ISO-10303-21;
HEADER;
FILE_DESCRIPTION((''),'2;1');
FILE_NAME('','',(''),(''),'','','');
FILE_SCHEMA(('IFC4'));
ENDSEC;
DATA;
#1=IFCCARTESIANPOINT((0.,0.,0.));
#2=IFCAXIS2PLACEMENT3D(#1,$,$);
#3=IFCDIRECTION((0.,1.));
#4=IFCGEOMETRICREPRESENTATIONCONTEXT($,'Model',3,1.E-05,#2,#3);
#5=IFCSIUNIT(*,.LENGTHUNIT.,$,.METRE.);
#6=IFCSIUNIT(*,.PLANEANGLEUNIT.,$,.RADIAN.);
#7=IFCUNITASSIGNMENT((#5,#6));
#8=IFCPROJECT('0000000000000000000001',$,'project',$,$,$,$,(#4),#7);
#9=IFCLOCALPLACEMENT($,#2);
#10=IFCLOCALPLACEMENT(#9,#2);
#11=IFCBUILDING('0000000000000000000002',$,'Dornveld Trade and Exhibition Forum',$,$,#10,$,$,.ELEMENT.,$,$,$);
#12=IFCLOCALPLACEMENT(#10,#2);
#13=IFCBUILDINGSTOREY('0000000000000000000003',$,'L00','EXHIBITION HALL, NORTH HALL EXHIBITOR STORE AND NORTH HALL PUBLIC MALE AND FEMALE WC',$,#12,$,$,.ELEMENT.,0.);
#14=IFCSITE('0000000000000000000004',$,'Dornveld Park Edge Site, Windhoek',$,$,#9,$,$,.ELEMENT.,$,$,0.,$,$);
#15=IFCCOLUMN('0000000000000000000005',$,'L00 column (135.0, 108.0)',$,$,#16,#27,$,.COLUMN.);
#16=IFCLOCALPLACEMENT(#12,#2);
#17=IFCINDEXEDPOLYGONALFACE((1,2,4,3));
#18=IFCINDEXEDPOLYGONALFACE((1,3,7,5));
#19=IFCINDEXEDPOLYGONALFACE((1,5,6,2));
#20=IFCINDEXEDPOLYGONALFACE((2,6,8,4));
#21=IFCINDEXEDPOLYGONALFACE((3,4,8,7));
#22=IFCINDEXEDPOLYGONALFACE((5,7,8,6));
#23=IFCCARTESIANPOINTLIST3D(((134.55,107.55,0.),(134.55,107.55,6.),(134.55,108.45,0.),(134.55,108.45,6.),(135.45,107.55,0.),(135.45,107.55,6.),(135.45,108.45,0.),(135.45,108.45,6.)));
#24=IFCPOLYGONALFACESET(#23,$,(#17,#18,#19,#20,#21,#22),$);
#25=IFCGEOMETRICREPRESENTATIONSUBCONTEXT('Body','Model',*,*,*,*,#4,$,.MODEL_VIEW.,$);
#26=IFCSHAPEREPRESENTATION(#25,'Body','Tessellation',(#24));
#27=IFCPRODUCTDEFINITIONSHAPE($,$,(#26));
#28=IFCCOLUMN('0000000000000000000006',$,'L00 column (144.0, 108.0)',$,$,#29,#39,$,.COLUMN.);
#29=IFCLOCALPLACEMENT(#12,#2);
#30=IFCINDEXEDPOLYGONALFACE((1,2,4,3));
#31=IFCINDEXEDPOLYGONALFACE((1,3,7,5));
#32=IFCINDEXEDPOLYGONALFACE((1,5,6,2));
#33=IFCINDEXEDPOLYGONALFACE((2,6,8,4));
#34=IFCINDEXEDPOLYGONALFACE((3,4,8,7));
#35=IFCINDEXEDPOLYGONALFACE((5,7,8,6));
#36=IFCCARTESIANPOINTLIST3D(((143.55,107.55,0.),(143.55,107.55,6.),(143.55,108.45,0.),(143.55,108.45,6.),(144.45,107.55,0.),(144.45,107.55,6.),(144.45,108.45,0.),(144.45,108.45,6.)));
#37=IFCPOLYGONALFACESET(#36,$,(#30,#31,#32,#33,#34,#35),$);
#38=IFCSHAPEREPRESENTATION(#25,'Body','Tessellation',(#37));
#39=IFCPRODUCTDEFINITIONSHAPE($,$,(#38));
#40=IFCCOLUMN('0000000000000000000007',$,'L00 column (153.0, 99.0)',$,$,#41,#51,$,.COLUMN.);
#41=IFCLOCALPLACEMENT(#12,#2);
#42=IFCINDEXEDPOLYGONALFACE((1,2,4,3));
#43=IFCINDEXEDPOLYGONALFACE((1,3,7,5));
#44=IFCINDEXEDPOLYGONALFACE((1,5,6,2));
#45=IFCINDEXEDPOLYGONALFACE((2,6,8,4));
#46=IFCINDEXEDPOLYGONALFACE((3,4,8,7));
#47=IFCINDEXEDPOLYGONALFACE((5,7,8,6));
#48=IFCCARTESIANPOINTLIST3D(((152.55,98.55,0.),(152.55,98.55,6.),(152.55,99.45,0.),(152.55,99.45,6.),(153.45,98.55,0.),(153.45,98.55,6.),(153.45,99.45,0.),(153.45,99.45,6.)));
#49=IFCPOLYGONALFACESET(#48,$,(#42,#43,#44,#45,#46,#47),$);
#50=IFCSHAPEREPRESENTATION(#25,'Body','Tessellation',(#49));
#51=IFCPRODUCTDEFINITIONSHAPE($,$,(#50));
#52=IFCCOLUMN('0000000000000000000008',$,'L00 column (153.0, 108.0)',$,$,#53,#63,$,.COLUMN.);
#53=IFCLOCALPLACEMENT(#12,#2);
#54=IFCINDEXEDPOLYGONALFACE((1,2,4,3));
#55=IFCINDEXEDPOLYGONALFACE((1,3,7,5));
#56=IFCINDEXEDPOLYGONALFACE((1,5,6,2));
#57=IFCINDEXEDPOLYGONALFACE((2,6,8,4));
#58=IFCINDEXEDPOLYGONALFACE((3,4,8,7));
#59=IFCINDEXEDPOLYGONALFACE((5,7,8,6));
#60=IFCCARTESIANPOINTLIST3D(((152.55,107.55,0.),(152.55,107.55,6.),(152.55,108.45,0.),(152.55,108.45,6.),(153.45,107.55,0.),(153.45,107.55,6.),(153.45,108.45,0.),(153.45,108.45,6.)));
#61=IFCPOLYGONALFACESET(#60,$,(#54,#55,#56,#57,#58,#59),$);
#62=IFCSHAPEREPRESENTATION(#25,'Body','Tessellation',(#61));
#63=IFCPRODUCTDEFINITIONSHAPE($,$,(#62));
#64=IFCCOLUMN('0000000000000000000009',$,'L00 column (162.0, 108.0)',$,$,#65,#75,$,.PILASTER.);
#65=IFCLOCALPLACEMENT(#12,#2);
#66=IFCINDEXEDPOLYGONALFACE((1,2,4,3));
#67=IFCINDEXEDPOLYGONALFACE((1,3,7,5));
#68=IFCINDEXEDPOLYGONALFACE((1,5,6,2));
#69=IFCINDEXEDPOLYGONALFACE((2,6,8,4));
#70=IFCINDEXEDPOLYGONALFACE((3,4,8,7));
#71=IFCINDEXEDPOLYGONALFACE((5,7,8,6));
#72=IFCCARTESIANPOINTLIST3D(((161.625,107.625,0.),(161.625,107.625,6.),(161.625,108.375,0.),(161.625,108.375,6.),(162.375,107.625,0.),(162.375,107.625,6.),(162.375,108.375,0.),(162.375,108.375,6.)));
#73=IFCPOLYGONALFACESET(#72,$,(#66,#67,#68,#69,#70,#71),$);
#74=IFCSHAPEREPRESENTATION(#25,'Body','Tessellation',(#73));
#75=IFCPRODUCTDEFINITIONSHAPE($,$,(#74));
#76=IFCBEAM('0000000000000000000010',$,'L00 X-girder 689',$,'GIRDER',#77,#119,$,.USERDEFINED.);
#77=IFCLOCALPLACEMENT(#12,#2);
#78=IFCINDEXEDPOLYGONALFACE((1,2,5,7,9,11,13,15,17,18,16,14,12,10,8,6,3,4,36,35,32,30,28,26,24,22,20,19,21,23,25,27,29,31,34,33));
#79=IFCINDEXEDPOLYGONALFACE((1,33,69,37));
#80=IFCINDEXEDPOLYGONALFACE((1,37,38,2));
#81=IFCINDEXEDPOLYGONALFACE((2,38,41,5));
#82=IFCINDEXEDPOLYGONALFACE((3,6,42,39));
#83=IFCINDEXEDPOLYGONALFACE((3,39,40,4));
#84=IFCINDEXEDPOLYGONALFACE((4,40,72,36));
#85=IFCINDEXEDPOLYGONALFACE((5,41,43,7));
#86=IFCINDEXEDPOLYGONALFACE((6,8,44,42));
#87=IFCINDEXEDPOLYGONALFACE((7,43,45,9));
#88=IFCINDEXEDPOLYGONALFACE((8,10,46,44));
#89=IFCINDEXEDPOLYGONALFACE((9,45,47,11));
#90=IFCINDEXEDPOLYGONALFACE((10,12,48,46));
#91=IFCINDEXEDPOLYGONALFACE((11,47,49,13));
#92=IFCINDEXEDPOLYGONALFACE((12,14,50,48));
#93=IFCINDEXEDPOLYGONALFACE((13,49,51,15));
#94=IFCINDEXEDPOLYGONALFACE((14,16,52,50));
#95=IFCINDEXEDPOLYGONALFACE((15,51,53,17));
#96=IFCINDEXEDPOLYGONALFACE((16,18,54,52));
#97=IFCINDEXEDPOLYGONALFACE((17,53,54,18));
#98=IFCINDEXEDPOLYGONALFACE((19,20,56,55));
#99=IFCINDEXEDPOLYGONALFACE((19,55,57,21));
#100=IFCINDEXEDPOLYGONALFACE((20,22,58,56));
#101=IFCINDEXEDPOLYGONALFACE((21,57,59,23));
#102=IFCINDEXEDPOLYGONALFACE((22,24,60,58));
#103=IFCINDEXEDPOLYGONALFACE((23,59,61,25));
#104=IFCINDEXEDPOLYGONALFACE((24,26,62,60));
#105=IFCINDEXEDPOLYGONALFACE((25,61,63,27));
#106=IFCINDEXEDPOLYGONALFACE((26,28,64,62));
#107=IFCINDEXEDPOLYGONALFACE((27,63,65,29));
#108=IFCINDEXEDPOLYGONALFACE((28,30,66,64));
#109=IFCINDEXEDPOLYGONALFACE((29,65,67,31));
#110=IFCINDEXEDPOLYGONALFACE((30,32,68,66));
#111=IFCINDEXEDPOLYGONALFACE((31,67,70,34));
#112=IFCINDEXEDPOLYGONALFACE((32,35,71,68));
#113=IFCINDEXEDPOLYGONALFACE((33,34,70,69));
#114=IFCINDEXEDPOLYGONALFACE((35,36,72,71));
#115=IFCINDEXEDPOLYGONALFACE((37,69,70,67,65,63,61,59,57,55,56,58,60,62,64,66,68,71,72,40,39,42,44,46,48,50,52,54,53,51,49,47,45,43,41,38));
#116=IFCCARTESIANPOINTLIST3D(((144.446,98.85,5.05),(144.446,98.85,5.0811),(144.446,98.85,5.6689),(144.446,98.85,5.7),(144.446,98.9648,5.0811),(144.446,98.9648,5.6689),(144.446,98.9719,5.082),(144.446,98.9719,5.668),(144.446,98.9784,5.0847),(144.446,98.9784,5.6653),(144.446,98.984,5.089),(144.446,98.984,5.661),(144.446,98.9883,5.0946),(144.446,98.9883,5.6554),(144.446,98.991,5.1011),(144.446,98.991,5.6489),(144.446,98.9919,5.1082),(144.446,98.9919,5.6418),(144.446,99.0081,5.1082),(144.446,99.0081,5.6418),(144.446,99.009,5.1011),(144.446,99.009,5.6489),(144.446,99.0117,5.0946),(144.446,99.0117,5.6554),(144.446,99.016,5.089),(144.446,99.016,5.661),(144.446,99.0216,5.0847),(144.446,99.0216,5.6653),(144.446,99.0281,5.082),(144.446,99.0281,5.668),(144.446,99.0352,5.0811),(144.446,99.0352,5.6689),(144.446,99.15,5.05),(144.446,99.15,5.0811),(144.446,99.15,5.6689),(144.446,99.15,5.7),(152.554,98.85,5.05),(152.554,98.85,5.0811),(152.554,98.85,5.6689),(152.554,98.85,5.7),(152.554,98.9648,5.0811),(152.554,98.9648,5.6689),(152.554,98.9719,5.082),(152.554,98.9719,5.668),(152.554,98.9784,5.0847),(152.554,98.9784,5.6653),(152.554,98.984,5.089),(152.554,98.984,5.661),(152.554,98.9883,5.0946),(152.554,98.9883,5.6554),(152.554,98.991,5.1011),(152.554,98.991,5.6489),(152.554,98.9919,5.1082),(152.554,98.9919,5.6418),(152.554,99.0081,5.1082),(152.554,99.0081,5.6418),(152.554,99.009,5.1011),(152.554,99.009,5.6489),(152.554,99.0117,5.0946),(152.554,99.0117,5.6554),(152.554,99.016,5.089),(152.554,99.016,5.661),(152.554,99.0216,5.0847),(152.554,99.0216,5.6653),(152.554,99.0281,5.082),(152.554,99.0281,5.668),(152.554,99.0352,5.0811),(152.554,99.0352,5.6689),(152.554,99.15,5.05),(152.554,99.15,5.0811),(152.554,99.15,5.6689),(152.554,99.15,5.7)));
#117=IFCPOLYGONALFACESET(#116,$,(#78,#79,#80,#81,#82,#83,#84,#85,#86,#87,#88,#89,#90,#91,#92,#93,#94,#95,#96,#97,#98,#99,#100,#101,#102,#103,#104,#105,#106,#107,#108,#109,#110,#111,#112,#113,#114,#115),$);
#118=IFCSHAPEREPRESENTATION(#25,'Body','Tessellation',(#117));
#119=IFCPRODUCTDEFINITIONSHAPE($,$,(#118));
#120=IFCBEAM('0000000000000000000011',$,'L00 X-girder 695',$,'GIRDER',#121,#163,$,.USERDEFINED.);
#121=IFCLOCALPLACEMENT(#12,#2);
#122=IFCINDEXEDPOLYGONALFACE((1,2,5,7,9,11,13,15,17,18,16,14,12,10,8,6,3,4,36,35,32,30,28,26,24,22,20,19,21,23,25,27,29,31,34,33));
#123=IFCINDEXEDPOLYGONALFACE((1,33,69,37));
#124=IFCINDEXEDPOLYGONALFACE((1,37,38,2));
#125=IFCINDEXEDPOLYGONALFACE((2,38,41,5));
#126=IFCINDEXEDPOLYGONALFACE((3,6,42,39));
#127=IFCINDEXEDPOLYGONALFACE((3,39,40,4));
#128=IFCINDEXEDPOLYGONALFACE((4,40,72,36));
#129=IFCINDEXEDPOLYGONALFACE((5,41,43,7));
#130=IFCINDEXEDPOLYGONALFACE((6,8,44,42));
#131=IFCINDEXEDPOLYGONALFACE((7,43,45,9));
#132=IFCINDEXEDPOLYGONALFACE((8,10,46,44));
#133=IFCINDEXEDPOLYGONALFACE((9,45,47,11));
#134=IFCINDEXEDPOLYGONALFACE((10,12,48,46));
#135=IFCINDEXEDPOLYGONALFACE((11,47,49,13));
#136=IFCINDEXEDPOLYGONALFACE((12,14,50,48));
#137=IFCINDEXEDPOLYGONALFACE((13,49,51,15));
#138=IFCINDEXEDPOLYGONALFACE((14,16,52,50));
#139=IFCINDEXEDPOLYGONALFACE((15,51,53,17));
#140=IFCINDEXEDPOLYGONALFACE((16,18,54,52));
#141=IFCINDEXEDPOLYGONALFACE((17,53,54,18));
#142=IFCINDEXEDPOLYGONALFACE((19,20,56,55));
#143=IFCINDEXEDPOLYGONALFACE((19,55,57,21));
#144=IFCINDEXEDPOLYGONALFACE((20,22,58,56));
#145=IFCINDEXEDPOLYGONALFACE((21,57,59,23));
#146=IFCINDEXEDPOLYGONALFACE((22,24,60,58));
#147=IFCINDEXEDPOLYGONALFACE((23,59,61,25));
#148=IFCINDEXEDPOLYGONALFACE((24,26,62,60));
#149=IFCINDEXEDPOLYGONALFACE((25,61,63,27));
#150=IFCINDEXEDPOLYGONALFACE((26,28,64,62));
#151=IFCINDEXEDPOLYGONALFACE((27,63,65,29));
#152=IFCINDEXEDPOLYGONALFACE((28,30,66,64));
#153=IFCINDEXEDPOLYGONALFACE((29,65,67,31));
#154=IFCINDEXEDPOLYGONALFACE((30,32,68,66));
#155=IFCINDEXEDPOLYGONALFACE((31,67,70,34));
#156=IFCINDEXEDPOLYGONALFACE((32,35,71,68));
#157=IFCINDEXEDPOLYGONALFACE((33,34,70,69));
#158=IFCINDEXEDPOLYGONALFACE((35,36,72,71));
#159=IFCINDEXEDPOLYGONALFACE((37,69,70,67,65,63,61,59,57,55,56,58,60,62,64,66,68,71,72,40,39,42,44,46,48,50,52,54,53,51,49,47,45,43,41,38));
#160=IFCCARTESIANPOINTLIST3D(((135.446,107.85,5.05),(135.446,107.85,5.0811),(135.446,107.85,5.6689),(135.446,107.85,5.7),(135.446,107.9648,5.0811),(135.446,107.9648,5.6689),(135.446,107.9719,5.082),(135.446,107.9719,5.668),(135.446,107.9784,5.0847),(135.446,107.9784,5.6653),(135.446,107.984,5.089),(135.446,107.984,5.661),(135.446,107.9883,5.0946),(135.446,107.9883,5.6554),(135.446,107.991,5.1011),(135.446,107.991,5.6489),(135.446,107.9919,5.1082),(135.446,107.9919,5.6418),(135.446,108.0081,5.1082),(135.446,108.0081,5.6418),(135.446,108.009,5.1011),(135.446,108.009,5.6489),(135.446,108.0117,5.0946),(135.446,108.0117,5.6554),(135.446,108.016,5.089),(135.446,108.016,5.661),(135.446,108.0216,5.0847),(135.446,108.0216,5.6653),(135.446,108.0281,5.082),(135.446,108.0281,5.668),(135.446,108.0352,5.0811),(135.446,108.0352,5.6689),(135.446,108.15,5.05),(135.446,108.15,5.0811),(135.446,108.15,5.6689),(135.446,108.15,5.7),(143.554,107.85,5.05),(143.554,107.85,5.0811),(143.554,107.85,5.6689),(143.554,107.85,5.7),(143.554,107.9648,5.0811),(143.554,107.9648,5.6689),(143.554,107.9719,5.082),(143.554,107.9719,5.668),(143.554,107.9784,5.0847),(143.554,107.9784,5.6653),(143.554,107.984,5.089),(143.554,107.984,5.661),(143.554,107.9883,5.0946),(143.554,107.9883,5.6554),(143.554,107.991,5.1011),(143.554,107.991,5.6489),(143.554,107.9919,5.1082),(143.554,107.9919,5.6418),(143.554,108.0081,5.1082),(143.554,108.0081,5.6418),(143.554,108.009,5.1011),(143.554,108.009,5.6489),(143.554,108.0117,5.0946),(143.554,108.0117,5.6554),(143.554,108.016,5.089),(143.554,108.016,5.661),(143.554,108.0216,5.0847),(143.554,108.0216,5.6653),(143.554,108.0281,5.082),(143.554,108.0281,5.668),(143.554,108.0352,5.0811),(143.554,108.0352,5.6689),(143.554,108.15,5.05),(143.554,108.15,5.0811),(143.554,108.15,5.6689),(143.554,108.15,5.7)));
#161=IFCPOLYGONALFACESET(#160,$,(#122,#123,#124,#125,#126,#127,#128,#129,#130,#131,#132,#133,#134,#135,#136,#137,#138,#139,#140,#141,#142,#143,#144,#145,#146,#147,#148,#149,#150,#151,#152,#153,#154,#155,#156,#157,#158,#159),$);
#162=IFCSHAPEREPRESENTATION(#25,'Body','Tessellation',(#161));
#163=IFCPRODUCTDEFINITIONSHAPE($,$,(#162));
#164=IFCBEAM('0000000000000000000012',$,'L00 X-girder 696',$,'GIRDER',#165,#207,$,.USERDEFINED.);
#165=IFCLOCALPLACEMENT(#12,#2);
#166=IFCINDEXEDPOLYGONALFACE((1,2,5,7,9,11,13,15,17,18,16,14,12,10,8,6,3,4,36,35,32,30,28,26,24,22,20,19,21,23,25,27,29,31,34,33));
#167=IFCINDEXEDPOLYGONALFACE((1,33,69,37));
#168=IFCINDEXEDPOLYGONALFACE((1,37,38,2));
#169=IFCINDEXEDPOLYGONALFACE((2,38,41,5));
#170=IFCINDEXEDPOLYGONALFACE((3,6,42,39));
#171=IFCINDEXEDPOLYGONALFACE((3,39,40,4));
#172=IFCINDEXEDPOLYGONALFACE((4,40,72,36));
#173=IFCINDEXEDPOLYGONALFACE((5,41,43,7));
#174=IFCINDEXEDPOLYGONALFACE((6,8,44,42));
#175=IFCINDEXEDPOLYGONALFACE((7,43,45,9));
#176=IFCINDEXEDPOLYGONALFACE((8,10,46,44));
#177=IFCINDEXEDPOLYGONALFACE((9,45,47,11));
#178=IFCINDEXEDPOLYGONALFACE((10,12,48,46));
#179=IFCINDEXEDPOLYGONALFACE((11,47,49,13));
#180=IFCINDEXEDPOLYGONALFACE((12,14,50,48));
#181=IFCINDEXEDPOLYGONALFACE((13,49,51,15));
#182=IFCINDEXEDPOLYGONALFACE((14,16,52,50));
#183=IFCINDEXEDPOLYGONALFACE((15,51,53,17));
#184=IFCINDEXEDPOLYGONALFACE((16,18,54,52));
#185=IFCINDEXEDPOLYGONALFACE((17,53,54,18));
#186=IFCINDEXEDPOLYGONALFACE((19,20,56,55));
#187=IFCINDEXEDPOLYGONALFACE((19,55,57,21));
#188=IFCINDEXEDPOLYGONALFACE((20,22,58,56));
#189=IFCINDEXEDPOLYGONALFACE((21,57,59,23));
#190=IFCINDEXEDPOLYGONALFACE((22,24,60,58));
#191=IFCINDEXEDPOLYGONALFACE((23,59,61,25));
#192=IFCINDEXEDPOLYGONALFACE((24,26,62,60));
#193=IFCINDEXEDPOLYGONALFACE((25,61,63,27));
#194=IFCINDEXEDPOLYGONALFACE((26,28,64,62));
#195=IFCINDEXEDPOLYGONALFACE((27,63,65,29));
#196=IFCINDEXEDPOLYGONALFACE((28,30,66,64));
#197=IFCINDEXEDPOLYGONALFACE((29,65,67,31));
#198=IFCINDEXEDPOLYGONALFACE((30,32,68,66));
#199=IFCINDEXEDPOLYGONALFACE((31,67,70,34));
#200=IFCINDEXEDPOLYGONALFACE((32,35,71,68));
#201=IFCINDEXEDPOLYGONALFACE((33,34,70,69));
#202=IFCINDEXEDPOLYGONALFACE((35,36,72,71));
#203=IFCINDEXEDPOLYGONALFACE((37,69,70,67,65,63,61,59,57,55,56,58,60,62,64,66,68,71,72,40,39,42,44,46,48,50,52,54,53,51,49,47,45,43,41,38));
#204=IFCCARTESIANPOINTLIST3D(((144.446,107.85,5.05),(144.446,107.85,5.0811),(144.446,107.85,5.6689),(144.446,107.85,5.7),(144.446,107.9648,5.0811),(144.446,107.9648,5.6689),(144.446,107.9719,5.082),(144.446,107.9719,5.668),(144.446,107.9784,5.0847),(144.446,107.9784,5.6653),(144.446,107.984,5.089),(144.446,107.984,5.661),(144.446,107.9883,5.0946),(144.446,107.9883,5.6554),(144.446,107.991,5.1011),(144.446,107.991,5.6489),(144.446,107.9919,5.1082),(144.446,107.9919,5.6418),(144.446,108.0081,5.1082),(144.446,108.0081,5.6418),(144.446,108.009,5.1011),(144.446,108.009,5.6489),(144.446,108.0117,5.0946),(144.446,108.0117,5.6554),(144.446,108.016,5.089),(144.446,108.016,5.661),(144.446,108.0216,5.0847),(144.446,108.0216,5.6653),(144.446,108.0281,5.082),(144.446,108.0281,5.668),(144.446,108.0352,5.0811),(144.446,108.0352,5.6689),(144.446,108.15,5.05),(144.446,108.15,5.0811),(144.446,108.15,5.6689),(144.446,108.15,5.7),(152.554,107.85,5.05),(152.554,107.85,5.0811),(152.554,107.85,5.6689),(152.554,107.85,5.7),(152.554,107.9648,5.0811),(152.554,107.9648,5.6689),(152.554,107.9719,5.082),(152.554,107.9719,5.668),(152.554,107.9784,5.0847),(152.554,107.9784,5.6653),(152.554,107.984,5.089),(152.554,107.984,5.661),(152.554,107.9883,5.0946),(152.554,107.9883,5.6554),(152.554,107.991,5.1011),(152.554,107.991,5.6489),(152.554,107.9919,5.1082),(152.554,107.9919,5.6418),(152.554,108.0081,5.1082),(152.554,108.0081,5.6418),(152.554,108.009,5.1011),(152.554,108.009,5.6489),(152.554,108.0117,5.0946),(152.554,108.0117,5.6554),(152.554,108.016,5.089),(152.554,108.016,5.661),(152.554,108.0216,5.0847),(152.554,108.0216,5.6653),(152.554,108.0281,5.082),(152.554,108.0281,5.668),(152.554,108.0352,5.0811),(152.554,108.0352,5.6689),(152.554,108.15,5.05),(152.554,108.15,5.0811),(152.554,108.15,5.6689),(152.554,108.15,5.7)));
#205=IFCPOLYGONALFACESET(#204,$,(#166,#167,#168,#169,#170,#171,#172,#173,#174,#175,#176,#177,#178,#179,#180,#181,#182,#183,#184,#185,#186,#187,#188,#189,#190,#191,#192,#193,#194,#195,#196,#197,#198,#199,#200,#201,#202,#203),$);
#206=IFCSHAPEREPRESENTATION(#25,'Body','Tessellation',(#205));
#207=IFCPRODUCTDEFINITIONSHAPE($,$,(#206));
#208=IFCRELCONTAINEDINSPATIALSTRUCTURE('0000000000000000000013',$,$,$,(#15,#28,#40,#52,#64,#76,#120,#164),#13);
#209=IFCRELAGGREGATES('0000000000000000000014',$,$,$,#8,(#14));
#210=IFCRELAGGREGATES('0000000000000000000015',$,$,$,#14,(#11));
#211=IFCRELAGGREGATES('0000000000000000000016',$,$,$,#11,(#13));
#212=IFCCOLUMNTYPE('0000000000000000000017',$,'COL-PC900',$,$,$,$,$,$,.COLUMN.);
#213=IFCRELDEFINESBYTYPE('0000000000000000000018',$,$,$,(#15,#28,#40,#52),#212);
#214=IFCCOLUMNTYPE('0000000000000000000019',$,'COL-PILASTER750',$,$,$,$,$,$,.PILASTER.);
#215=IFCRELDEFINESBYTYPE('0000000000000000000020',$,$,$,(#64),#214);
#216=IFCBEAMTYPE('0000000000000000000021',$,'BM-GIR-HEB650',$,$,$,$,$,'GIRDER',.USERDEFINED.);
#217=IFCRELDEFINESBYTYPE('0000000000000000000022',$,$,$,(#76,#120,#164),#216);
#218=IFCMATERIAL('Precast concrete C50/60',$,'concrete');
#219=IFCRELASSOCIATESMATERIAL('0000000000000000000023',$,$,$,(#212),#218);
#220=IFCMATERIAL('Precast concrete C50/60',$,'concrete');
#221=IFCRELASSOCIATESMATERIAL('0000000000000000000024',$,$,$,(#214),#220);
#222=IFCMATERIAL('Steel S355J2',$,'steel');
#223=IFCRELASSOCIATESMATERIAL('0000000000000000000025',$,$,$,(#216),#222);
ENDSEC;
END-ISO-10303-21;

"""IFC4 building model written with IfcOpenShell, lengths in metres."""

from ifc_helpers import new_model, si_unit, direction, frame, origin, origin_2d, place, context, subcontext, project, spatial, rectangle, i_section, extrude, material, material_profile, profile_set, type_object, element, save


model = new_model("IFC4")

# Units and contexts
model_context = context("Model", 3, precision=1e-05, world=origin(), true_north=direction((0.0, 1.0)))
body_context = subcontext(model_context, "Body", "Model", "MODEL_VIEW")
ifc_project = project(units=[si_unit("LENGTHUNIT", "METRE"), si_unit("PLANEANGLEUNIT", "RADIAN")], contexts=[model_context])

# Site, building, storey
site_placement = place(None, origin())
site = spatial("IfcSite", under=ifc_project, at=site_placement, Name="Dornveld Park Edge Site, Windhoek", CompositionType="ELEMENT", RefElevation=0.0)
building_placement = place(site_placement, origin())
building = spatial("IfcBuilding", under=site, at=building_placement, Name="Dornveld Trade and Exhibition Forum", CompositionType="ELEMENT")
storey_placement = place(building_placement, origin())
storey = spatial("IfcBuildingStorey", under=building, at=storey_placement, Name="L00", Description="EXHIBITION HALL, NORTH HALL EXHIBITOR STORE AND NORTH HALL PUBLIC MALE AND FEMALE WC", CompositionType="ELEMENT", Elevation=0.0)

# Columns
ifc_material_1 = material(Name="Precast concrete C50/60", Category="concrete")
ifc_material_profile_1 = material_profile(ifc_material_1, rectangle(XDim=0.8999, YDim=0.8999, at=origin_2d()), Name="PC-COL 900x900")
ifc_profile_set_1 = profile_set([ifc_material_profile_1], Name="Precast concrete C50/60")
column_type_1 = type_object("IfcColumnType", Name="COL-PC900", PredefinedType="COLUMN", material=ifc_profile_set_1)
for number, where, z_axis, x_axis, name in (
    (1, (135.0, 108.0, 0.0), (0.0, 0.0, 1.0), (1.0, 0.0, 0.0), "L00 column (135.0, 108.0)"),
    (2, (144.0, 108.0, 0.0), (0.0, 0.0, 1.0), (1.0, 0.0, 0.0), "L00 column (144.0, 108.0)"),
    (3, (153.0, 99.0, 0.0), (0.0, 0.0, 1.0), (1.0, 0.0, 0.0), "L00 column (153.0, 99.0)"),
    (4, (153.0, 108.0, 0.0), (0.0, 0.0, 1.0), (1.0, 0.0, 0.0), "L00 column (153.0, 108.0)"),
):
    element("IfcColumn", number, at=place(storey_placement, frame(where, z_axis=z_axis, x_axis=x_axis)), inside=storey, type_object=column_type_1, Name=name, PredefinedType="COLUMN", context=body_context, shape_type="SweptSolid", body=[
        extrude(rectangle(XDim=0.8999, YDim=0.8999, at=origin_2d()), origin(), (0.0, 0.0, 1.0), 6.0),
    ])
ifc_material_2 = material(Name="Precast concrete C50/60", Category="concrete")
ifc_material_profile_2 = material_profile(ifc_material_2, rectangle(XDim=0.75, YDim=0.75, at=origin_2d()), Name="PC-COL 750x750")
ifc_profile_set_2 = profile_set([ifc_material_profile_2], Name="Precast concrete C50/60")
column_type_2 = type_object("IfcColumnType", Name="COL-PILASTER750", PredefinedType="PILASTER", material=ifc_profile_set_2)
column_placement = place(storey_placement, frame((162.0, 108.0, 0.0), z_axis=(0.0, 0.0, 1.0), x_axis=(1.0, 0.0, 0.0)))
element("IfcColumn", 5, at=column_placement, inside=storey, type_object=column_type_2, Name="L00 column (162.0, 108.0)", PredefinedType="PILASTER", context=body_context, shape_type="SweptSolid", body=[
    extrude(rectangle(XDim=0.75, YDim=0.75, at=origin_2d()), origin(), (0.0, 0.0, 1.0), 6.0),
])

# Beams
ifc_material_3 = material(Name="Steel S355J2", Category="steel")
ifc_material_profile_3 = material_profile(ifc_material_3, i_section(OverallWidth=0.3, OverallDepth=0.6499, WebThickness=0.0161, FlangeThickness=0.031, FilletRadius=0.0271, at=origin_2d()), Name="HEB 650")
ifc_profile_set_3 = profile_set([ifc_material_profile_3], Name="Steel S355J2")
beam_type_1 = type_object("IfcBeamType", Name="BM-GIR-HEB650", ElementType="GIRDER", PredefinedType="USERDEFINED", material=ifc_profile_set_3)
for number, where, z_axis, x_axis, name in (
    (6, (144.446, 99.0, 5.375), (1.0, 0.0, 0.0), (0.0, 1.0, 0.0), "L00 X-girder 689"),
    (7, (135.446, 108.0, 5.375), (1.0, 0.0, 0.0), (0.0, 1.0, 0.0), "L00 X-girder 695"),
    (8, (144.446, 108.0, 5.375), (1.0, 0.0, 0.0), (0.0, 1.0, 0.0), "L00 X-girder 696"),
):
    element("IfcBeam", number, at=place(storey_placement, frame(where, z_axis=z_axis, x_axis=x_axis)), inside=storey, type_object=beam_type_1, Name=name, ObjectType="GIRDER", PredefinedType="USERDEFINED", context=body_context, shape_type="SweptSolid", body=[
        extrude(i_section(OverallWidth=0.3, OverallDepth=0.6499, WebThickness=0.0161, FlangeThickness=0.031, FilletRadius=0.0271, at=origin_2d()), origin(), (0.0, 0.0, 1.0), 8.1079),
    ])

save(model, "model.ifc")
